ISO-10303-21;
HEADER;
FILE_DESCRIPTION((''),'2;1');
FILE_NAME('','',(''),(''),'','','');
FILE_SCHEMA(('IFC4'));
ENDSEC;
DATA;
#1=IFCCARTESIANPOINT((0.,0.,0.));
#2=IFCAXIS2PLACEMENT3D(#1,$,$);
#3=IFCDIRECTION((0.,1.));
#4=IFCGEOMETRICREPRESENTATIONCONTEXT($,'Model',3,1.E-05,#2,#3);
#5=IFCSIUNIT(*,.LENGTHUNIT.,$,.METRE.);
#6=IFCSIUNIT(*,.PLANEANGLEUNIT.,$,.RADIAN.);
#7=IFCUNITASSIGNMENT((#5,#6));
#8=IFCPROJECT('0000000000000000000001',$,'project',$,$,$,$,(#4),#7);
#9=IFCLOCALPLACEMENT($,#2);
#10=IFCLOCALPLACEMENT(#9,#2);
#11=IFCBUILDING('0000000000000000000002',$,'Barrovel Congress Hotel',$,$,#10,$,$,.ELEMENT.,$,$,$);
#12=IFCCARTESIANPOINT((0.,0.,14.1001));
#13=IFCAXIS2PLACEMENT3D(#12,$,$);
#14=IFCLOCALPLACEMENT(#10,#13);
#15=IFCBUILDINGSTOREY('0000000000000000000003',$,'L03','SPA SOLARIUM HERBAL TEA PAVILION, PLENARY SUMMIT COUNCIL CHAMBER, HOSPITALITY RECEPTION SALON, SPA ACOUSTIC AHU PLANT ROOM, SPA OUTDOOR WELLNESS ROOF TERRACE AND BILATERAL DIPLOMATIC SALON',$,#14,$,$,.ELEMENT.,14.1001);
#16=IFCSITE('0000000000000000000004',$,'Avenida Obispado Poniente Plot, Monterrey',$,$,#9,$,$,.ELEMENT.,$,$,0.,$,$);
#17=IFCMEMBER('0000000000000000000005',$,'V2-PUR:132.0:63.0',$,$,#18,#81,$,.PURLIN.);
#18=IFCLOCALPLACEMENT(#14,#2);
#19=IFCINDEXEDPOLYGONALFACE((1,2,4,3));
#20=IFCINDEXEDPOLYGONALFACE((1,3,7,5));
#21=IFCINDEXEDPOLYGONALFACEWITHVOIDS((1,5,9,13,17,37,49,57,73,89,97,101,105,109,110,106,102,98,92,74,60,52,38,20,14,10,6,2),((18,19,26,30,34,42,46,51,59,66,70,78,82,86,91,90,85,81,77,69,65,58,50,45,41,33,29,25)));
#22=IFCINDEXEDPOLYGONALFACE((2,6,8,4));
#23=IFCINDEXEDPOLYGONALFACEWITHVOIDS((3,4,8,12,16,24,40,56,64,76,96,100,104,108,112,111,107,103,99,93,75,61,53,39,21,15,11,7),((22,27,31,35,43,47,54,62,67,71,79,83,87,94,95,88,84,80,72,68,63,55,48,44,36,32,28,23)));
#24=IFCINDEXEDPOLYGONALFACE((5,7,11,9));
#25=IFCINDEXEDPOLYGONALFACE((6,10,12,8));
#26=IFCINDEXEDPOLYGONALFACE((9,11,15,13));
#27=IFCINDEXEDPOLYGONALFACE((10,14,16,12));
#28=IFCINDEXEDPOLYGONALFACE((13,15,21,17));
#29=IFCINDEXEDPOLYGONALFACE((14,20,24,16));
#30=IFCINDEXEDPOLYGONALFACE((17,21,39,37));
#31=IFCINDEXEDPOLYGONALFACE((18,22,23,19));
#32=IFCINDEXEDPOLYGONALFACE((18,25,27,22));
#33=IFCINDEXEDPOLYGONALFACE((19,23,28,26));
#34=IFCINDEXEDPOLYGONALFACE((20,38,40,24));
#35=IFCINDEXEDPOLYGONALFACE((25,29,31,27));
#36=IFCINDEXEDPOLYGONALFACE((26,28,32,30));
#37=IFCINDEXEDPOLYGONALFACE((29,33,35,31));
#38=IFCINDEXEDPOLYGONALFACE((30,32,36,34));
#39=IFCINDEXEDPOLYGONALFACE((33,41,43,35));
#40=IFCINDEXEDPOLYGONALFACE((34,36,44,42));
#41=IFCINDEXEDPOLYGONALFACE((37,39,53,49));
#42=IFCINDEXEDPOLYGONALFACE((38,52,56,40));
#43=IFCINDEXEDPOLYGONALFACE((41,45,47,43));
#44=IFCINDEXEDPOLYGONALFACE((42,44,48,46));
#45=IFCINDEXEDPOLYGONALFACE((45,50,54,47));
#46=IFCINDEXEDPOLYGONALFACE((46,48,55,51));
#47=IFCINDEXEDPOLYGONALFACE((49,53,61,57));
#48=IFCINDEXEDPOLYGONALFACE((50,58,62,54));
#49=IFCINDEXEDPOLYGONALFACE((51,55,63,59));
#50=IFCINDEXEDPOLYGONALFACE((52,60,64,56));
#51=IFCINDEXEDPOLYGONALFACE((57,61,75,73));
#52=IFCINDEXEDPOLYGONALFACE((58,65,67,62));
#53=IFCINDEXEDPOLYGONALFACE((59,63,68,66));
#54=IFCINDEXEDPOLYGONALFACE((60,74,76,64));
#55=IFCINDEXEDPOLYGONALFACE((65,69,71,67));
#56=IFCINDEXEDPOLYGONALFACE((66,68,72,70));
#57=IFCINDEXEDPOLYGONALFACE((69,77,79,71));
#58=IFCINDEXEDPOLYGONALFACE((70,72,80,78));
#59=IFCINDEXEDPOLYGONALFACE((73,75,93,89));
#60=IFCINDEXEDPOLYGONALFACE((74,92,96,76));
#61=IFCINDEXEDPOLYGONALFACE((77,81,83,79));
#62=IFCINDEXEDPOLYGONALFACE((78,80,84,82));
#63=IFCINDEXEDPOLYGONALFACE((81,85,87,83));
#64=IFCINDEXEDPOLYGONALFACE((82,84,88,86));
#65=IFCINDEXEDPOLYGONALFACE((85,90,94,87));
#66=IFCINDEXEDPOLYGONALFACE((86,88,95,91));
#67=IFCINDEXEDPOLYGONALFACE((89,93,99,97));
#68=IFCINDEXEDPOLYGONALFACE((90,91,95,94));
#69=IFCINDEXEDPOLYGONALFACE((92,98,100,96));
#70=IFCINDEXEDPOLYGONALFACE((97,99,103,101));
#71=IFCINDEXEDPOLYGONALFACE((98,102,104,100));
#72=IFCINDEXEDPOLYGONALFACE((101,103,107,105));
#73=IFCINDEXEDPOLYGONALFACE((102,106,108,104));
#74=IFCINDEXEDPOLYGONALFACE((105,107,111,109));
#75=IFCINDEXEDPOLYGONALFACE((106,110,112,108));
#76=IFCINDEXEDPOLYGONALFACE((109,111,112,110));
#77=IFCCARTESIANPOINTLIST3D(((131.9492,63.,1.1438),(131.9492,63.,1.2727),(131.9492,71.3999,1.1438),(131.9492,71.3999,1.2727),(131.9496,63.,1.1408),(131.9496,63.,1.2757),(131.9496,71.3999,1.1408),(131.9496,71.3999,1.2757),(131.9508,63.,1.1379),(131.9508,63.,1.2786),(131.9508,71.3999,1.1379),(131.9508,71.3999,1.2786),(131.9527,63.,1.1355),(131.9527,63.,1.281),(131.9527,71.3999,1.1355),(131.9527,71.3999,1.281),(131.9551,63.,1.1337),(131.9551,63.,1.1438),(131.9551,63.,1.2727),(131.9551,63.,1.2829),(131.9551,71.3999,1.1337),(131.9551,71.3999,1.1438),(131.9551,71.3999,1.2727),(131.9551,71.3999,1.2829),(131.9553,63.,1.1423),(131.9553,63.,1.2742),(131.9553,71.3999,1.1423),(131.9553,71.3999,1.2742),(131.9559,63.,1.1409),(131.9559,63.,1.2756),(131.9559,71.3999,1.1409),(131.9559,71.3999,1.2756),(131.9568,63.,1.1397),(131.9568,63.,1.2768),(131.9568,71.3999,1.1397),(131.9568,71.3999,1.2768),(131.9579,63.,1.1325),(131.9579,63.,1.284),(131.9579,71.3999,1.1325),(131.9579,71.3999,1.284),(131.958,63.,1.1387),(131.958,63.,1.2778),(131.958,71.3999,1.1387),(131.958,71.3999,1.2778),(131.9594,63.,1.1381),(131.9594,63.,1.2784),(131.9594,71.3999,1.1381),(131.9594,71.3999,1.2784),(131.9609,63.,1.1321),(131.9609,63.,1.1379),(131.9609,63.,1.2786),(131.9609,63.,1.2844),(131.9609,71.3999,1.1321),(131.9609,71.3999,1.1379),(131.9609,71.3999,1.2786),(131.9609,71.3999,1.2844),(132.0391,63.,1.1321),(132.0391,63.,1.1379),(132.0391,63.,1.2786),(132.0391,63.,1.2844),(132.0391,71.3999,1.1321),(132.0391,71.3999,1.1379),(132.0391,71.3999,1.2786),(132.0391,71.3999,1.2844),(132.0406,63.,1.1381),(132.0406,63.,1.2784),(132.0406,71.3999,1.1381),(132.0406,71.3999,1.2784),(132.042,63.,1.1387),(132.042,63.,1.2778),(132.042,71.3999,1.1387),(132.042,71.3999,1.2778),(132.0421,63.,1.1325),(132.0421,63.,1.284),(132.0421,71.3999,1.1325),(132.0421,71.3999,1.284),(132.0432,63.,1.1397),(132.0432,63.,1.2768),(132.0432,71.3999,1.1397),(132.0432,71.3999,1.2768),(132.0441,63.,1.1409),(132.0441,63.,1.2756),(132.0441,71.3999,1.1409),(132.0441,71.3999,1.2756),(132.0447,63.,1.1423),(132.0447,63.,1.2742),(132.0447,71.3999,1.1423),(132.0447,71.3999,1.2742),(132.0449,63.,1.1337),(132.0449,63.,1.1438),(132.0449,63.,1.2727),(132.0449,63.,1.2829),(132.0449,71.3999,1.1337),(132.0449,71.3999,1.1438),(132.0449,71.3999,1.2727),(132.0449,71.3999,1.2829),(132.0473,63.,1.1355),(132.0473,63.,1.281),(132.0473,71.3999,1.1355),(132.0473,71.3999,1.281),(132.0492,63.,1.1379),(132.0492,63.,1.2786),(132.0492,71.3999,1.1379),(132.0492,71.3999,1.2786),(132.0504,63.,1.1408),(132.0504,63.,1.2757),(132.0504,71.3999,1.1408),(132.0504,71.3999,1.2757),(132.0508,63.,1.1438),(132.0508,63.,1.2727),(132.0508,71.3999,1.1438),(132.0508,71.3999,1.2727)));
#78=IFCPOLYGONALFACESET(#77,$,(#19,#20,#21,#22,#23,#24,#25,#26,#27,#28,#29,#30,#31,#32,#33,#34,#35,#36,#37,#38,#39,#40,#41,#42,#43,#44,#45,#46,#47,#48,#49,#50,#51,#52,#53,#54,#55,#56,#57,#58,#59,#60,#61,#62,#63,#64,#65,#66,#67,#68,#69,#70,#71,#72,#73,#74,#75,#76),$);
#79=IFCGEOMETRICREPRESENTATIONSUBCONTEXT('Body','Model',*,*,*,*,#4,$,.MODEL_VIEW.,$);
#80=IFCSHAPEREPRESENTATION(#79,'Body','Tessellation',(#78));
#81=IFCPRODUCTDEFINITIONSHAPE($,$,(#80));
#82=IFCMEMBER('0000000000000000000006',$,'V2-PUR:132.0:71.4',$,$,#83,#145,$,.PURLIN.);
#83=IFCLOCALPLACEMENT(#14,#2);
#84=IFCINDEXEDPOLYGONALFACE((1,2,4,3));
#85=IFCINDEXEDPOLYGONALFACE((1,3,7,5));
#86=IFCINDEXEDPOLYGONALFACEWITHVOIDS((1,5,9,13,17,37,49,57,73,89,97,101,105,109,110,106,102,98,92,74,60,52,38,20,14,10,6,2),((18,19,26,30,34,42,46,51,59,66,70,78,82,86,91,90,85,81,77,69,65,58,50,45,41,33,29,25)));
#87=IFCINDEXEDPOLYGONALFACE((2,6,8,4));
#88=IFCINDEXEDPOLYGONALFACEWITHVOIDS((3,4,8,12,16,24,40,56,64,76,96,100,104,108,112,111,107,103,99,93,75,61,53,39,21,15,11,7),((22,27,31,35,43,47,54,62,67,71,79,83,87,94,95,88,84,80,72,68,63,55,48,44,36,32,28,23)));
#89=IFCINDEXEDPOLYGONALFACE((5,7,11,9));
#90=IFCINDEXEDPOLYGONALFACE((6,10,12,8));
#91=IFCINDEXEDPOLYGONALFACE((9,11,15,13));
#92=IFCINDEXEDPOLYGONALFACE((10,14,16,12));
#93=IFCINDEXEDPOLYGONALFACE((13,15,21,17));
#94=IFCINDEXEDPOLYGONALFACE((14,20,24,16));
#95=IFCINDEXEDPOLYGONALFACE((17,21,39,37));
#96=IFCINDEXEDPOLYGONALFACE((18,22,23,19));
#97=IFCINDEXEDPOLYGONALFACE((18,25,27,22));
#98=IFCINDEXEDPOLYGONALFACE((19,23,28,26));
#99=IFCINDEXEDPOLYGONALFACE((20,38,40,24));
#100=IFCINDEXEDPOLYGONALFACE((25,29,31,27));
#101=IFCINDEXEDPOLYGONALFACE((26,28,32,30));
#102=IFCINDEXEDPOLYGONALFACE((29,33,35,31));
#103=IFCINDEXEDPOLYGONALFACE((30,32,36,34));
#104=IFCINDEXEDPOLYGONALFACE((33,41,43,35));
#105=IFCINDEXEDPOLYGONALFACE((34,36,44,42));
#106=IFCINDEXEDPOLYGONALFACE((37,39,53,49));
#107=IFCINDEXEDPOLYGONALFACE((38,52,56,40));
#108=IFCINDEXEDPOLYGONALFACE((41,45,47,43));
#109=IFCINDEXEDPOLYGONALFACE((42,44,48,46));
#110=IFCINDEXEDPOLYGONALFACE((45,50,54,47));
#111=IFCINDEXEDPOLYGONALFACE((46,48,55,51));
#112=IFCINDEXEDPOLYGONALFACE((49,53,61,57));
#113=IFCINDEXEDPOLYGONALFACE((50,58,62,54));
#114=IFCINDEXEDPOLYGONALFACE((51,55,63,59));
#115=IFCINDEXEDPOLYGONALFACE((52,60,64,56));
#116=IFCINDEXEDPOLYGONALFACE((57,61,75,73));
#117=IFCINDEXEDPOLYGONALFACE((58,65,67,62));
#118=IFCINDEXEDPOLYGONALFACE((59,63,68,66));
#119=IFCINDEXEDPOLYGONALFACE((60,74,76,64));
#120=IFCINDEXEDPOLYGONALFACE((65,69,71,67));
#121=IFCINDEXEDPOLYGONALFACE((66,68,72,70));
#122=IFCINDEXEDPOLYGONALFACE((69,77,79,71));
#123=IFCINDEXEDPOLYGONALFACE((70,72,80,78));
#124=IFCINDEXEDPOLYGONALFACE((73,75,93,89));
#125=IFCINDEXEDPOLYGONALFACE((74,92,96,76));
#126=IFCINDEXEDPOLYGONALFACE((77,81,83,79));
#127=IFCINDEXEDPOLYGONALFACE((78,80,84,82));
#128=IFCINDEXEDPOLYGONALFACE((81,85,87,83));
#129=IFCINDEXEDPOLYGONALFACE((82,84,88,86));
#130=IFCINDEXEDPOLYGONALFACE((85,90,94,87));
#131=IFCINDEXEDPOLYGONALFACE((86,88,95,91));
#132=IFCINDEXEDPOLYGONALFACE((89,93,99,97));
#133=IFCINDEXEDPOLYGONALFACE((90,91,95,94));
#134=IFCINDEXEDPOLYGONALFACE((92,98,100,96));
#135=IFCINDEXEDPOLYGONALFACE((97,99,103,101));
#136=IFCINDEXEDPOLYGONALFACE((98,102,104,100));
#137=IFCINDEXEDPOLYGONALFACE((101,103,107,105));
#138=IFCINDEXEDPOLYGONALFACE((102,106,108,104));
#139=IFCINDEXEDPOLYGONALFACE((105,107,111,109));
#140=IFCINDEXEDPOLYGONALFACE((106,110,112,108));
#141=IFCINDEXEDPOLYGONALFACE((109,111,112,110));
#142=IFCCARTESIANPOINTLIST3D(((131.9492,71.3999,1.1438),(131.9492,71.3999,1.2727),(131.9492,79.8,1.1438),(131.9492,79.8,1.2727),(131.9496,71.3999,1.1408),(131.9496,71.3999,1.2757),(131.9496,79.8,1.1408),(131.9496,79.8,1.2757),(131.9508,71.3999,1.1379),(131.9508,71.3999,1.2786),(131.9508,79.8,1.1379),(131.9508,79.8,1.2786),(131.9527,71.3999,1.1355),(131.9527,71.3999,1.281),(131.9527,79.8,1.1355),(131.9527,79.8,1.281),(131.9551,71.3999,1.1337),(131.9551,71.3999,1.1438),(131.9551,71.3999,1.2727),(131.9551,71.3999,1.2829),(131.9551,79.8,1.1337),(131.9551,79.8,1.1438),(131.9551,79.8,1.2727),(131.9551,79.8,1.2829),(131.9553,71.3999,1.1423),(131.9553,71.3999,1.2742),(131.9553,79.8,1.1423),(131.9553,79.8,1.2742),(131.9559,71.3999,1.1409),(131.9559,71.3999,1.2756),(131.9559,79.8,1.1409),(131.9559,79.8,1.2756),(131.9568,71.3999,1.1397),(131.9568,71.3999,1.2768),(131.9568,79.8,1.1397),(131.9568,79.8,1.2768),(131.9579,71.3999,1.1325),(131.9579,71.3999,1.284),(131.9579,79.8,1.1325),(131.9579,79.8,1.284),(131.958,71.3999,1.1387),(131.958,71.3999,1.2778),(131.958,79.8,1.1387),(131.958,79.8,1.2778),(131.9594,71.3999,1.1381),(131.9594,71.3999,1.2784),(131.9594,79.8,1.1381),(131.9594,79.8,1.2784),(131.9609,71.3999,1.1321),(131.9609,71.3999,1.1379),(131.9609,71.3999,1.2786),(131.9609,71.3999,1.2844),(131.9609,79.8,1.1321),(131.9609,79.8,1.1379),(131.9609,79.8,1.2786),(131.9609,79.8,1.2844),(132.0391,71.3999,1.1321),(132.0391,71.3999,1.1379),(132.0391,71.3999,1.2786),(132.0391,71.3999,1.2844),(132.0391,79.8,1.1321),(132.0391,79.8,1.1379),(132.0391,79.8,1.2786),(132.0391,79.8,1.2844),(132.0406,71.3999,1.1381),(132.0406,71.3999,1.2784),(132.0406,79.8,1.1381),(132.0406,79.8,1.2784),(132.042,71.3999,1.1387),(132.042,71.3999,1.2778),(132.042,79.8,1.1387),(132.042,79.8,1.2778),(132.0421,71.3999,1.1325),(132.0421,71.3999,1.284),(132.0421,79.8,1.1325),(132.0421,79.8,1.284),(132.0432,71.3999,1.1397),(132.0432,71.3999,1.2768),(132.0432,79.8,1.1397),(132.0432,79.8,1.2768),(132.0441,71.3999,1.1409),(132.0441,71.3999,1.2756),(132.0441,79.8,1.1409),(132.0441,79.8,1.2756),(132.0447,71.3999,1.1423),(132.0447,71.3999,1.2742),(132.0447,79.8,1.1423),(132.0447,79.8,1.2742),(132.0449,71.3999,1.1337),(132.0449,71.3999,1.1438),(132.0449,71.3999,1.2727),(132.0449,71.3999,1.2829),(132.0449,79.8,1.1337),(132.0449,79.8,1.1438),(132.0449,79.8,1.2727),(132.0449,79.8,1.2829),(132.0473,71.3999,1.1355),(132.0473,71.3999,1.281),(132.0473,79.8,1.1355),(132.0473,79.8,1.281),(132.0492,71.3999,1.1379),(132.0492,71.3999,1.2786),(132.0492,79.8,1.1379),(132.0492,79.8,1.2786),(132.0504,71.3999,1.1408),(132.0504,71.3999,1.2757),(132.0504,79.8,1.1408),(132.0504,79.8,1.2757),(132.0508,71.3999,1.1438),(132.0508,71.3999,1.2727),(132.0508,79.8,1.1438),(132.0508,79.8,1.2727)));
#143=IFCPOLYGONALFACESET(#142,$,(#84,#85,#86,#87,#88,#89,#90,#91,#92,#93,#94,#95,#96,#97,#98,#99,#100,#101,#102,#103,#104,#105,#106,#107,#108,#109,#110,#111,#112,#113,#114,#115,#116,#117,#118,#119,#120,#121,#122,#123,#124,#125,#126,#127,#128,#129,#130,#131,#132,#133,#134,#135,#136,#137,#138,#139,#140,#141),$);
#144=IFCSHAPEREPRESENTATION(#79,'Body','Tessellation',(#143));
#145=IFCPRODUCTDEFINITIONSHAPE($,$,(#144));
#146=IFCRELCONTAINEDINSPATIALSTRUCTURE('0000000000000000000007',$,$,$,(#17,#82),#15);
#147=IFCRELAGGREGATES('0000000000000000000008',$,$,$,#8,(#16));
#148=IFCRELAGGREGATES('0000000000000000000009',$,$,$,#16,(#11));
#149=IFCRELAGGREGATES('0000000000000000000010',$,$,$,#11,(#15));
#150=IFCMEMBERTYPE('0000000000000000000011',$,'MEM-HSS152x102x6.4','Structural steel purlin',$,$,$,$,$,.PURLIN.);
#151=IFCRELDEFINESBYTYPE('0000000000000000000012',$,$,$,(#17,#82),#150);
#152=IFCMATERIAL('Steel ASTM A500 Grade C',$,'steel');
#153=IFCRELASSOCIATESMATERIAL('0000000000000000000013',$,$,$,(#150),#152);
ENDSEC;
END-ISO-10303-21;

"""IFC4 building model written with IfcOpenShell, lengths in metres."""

from ifc_helpers import new_model, si_unit, direction, frame, origin, origin_2d, place, context, subcontext, project, spatial, hollow_rectangle, extrude, material, material_profile, profile_set, type_object, element, save


model = new_model("IFC4")

# Units and contexts
model_context = context("Model", 3, precision=1e-05, world=origin(), true_north=direction((0.0, 1.0)))
body_context = subcontext(model_context, "Body", "Model", "MODEL_VIEW")
ifc_project = project(units=[si_unit("LENGTHUNIT", "METRE"), si_unit("PLANEANGLEUNIT", "RADIAN")], contexts=[model_context])

# Site, building, storey
site_placement = place(None, origin())
site = spatial("IfcSite", under=ifc_project, at=site_placement, Name="Avenida Obispado Poniente Plot, Monterrey", CompositionType="ELEMENT", RefElevation=0.0)
building_placement = place(site_placement, origin())
building = spatial("IfcBuilding", under=site, at=building_placement, Name="Barrovel Congress Hotel", CompositionType="ELEMENT")
storey_placement = place(building_placement, frame((0.0, 0.0, 14.1001)))
storey = spatial("IfcBuildingStorey", under=building, at=storey_placement, Name="L03", Description="SPA SOLARIUM HERBAL TEA PAVILION, PLENARY SUMMIT COUNCIL CHAMBER, HOSPITALITY RECEPTION SALON, SPA ACOUSTIC AHU PLANT ROOM, SPA OUTDOOR WELLNESS ROOF TERRACE AND BILATERAL DIPLOMATIC SALON", CompositionType="ELEMENT", Elevation=14.1001)

# Members
ifc_material_1 = material(Name="Steel ASTM A500 Grade C", Category="steel")
ifc_material_profile_1 = material_profile(ifc_material_1, hollow_rectangle(XDim=0.1016, YDim=0.1523, WallThickness=0.0059, InnerFilletRadius=0.0059, OuterFilletRadius=0.0117, at=origin_2d()), Name="HSS152x102x6.4")
ifc_profile_set_1 = profile_set([ifc_material_profile_1], Name="Steel ASTM A500 Grade C")
member_type_1 = type_object("IfcMemberType", Name="MEM-HSS152x102x6.4", Description="Structural steel purlin", PredefinedType="PURLIN", material=ifc_profile_set_1)
member_1_placement = place(storey_placement, frame((132.0, 63.0, 1.2083), z_axis=(0.0, 1.0, 0.0), x_axis=(-1.0, 0.0, 0.0)))
element("IfcMember", 1, at=member_1_placement, inside=storey, type_object=member_type_1, Name="V2-PUR:132.0:63.0", PredefinedType="PURLIN", context=body_context, shape_type="SweptSolid", body=[
    extrude(hollow_rectangle(XDim=0.1016, YDim=0.1523, WallThickness=0.0059, InnerFilletRadius=0.0059, OuterFilletRadius=0.0117, at=origin_2d()), origin(), (0.0, 0.0, 1.0), 8.3999),
])
member_2_placement = place(storey_placement, frame((132.0, 71.3999, 1.2083), z_axis=(0.0, 1.0, 0.0), x_axis=(-1.0, 0.0, 0.0)))
element("IfcMember", 2, at=member_2_placement, inside=storey, type_object=member_type_1, Name="V2-PUR:132.0:71.4", PredefinedType="PURLIN", context=body_context, shape_type="SweptSolid", body=[
    extrude(hollow_rectangle(XDim=0.1016, YDim=0.1523, WallThickness=0.0059, InnerFilletRadius=0.0059, OuterFilletRadius=0.0117, at=origin_2d()), origin(), (0.0, 0.0, 1.0), 8.4001),
])

save(model, "model.ifc")
